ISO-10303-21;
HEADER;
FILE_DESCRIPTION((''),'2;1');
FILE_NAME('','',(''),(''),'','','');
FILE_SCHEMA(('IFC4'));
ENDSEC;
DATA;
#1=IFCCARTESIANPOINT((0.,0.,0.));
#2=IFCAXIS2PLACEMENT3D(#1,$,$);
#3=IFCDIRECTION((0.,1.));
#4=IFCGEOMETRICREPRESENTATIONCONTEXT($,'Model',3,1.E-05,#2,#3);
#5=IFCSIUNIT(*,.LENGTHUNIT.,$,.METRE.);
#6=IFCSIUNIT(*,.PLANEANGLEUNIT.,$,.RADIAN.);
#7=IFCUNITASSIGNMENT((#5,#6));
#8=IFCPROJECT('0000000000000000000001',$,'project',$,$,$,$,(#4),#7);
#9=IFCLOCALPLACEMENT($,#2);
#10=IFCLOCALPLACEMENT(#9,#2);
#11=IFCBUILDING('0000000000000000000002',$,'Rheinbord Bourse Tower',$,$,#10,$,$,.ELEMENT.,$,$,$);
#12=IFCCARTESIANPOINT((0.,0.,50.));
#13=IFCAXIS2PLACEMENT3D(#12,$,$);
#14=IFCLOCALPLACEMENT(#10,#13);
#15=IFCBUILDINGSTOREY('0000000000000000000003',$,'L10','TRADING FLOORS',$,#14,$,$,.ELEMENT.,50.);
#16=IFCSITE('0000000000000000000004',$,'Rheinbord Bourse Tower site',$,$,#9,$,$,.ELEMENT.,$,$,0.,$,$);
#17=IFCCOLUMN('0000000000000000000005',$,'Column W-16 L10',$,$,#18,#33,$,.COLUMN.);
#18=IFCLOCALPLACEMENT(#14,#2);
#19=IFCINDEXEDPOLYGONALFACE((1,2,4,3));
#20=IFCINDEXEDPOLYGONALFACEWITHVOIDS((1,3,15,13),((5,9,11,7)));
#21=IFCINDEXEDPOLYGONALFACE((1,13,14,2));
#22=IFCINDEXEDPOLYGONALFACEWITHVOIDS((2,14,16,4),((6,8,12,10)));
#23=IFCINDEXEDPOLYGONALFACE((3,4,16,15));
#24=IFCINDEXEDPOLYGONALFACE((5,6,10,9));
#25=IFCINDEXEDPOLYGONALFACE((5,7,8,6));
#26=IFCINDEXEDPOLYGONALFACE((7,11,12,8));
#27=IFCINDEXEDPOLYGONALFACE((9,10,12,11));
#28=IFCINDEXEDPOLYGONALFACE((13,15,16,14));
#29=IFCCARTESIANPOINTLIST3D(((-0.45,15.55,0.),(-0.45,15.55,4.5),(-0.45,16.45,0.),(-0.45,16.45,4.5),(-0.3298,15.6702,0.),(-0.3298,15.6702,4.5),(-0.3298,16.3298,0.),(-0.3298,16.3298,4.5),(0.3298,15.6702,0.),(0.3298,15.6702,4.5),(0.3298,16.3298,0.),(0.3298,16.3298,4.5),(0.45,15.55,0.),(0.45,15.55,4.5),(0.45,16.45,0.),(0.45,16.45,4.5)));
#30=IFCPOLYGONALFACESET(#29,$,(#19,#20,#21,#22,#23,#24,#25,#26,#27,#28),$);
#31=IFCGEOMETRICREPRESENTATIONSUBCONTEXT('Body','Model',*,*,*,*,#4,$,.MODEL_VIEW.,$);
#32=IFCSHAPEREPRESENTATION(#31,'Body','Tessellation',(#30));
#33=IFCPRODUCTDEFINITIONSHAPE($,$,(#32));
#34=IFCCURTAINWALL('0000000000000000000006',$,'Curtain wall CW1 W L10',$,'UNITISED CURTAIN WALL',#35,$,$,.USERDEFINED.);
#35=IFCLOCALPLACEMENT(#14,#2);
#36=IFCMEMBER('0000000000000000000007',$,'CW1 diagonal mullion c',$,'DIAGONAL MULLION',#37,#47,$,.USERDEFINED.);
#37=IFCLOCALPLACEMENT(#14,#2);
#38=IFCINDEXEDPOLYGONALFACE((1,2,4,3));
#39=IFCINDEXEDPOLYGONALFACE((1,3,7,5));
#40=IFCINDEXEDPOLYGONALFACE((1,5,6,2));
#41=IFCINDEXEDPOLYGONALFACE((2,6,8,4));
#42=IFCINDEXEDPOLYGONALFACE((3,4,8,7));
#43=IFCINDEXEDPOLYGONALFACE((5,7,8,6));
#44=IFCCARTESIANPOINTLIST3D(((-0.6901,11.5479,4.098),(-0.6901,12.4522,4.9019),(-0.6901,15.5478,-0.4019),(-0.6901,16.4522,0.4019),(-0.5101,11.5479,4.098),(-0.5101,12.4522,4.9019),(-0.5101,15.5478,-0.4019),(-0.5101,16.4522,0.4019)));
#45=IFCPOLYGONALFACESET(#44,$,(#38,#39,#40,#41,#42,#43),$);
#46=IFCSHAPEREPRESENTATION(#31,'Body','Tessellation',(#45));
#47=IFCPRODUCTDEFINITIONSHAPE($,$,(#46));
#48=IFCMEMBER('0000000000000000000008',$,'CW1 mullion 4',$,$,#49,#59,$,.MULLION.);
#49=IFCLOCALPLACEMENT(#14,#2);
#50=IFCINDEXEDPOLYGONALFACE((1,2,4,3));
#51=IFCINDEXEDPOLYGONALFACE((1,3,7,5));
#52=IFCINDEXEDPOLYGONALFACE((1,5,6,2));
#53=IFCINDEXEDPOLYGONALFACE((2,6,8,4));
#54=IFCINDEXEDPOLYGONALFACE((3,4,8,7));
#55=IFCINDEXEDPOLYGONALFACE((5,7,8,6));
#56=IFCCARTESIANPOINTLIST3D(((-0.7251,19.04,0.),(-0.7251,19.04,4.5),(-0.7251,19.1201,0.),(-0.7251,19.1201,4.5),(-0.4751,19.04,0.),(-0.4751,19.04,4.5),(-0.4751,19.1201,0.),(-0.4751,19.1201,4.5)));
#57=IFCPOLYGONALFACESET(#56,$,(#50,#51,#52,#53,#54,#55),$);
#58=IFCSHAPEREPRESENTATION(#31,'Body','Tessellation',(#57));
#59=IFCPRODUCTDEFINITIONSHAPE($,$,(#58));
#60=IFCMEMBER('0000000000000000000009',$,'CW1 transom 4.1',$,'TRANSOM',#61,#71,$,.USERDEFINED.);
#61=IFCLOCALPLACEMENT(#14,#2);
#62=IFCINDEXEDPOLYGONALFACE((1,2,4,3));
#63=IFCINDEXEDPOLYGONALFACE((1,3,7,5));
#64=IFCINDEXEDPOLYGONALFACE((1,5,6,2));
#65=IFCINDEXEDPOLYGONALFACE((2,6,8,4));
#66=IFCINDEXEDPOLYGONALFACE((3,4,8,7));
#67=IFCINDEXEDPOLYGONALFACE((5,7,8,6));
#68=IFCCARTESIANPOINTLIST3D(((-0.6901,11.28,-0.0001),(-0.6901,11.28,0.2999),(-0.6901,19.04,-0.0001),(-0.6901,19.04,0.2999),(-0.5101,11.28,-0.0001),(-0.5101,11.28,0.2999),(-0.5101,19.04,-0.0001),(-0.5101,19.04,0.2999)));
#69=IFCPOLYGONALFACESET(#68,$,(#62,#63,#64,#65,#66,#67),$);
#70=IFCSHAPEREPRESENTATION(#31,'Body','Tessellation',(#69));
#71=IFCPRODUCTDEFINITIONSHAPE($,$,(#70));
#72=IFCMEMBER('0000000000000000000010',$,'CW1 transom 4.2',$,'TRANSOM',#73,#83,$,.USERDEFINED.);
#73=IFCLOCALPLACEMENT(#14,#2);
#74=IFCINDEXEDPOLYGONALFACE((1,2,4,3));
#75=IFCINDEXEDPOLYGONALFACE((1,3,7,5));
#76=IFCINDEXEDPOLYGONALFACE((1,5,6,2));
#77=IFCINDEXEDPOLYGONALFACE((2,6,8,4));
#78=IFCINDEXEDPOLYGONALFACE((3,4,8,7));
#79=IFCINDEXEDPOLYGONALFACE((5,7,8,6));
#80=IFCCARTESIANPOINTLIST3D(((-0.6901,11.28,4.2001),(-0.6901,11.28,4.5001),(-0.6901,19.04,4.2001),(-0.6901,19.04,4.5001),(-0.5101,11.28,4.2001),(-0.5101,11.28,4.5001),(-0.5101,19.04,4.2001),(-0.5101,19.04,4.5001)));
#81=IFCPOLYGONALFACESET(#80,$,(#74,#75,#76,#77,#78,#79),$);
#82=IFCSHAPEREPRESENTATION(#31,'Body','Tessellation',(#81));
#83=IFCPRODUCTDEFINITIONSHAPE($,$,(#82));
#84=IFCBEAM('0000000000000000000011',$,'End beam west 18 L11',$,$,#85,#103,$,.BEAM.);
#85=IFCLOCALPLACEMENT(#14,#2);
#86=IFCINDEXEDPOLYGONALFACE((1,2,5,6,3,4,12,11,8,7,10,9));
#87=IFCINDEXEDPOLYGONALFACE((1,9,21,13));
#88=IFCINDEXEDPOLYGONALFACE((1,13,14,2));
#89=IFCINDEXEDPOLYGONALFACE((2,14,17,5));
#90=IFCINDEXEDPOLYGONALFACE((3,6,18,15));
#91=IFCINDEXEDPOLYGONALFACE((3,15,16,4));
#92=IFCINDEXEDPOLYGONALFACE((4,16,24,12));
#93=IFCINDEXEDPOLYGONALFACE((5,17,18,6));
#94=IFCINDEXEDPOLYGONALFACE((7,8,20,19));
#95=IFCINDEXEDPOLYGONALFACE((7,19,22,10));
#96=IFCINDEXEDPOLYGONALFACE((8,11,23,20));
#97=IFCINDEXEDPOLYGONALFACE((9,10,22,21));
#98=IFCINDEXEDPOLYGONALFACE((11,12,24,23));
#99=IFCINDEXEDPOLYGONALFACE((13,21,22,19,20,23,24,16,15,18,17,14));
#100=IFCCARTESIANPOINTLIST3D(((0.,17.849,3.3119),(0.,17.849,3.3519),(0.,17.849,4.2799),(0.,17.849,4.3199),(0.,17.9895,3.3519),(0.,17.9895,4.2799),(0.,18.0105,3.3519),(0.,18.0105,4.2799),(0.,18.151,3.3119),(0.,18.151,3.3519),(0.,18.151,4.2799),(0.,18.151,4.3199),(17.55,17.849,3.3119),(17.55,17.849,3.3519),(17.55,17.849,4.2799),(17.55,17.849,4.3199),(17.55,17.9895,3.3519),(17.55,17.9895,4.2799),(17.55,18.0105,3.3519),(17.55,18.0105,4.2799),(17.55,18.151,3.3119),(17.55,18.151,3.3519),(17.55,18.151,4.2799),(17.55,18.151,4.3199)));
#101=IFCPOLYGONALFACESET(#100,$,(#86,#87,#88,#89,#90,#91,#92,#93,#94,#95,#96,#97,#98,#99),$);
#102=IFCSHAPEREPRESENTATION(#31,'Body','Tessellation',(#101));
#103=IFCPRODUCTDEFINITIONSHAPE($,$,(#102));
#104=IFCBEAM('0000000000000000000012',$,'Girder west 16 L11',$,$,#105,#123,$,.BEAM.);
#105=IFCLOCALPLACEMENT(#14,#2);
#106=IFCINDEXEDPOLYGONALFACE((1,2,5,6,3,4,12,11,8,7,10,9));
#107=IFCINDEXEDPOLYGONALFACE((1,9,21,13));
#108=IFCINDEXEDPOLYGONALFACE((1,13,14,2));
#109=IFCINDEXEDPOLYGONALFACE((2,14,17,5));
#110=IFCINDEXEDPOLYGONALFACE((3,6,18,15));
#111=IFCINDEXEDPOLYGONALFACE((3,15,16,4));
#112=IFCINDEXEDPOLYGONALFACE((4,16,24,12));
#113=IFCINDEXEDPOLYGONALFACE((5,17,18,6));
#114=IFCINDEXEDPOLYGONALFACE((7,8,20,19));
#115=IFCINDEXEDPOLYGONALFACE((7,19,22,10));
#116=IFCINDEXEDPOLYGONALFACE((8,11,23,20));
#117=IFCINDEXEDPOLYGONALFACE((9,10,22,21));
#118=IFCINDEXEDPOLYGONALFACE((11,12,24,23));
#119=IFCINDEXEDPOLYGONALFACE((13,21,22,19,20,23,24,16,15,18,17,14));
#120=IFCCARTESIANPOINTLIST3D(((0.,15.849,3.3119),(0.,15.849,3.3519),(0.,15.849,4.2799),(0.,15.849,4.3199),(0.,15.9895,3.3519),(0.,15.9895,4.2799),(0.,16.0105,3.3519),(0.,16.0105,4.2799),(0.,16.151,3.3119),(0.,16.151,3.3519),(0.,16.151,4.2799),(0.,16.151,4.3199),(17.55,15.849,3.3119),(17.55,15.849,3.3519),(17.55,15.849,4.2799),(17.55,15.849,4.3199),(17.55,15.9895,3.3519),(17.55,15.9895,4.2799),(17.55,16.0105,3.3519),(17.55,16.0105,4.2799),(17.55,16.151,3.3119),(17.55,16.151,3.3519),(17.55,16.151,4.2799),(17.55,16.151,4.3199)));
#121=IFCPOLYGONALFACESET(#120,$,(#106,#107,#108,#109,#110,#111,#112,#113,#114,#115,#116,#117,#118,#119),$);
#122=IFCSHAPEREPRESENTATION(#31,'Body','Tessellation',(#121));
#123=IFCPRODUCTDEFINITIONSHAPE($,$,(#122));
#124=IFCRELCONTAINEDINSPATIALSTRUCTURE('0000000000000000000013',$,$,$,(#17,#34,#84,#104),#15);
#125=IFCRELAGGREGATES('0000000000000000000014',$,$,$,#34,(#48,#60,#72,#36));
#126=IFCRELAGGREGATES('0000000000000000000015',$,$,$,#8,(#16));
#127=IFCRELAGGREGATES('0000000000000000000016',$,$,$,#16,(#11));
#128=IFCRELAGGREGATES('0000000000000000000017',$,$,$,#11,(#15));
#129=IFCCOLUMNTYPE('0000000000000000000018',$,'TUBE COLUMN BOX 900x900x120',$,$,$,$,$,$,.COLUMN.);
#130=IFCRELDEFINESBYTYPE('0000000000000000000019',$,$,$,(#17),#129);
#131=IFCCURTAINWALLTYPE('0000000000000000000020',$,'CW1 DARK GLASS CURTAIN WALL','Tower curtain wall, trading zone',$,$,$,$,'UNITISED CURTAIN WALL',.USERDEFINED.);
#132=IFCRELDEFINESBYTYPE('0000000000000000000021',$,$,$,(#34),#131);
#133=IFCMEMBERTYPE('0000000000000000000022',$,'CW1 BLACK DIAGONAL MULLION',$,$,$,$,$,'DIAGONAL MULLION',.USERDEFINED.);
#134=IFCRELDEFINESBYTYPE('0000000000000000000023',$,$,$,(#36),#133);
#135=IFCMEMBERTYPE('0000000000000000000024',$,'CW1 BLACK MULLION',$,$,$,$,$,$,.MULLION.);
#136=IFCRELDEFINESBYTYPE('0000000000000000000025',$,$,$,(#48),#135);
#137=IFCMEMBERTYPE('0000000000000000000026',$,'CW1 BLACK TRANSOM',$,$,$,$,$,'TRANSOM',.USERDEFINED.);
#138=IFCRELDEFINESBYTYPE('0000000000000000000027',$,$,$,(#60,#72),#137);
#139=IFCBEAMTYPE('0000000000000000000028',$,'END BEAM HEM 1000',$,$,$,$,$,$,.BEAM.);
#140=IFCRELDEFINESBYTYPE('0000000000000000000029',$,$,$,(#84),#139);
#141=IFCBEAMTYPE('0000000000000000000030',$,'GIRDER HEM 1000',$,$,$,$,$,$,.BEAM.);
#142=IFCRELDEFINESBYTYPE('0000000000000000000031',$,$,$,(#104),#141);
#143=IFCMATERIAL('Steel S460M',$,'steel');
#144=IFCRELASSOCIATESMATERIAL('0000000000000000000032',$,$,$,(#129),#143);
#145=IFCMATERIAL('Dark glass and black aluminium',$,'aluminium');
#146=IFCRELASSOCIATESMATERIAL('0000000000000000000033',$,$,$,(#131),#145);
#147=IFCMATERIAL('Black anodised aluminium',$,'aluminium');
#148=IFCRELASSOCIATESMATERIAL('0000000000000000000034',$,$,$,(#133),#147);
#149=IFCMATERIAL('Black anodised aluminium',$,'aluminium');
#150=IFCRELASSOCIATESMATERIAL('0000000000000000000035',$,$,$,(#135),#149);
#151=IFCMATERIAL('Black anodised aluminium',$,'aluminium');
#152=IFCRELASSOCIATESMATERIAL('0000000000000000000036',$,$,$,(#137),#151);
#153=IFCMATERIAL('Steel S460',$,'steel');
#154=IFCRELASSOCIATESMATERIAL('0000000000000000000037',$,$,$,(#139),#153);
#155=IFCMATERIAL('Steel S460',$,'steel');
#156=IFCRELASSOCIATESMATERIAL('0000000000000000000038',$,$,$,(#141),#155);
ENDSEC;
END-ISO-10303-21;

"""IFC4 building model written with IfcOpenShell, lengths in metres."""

from ifc_helpers import new_model, si_unit, direction, frame, origin, origin_2d, place, context, subcontext, project, spatial, rectangle, hollow_rectangle, i_section, extrude, material, material_profile, profile_set, type_object, element, aggregate, save


model = new_model("IFC4")

# Units and contexts
model_context = context("Model", 3, precision=1e-05, world=origin(), true_north=direction((0.0, 1.0)))
body_context = subcontext(model_context, "Body", "Model", "MODEL_VIEW")
ifc_project = project(units=[si_unit("LENGTHUNIT", "METRE"), si_unit("PLANEANGLEUNIT", "RADIAN")], contexts=[model_context])

# Site, building, storey
site_placement = place(None, origin())
site = spatial("IfcSite", under=ifc_project, at=site_placement, Name="Rheinbord Bourse Tower site", CompositionType="ELEMENT", RefElevation=0.0)
building_placement = place(site_placement, origin())
building = spatial("IfcBuilding", under=site, at=building_placement, Name="Rheinbord Bourse Tower", CompositionType="ELEMENT")
storey_placement = place(building_placement, frame((0.0, 0.0, 50.0)))
storey = spatial("IfcBuildingStorey", under=building, at=storey_placement, Name="L10", Description="TRADING FLOORS", CompositionType="ELEMENT", Elevation=50.0)

# Column
ifc_material_1 = material(Name="Steel S460M", Category="steel")
ifc_material_profile_1 = material_profile(ifc_material_1, hollow_rectangle(XDim=0.8999, YDim=0.8999, WallThickness=0.1201, at=origin_2d()), Name="BOX 900x900x120")
ifc_profile_set_1 = profile_set([ifc_material_profile_1], Name="Steel S460M")
column_type = type_object("IfcColumnType", Name="TUBE COLUMN BOX 900x900x120", PredefinedType="COLUMN", material=ifc_profile_set_1)
column_placement = place(storey_placement, frame((0.0, 16.0, 0.0), z_axis=(0.0, 0.0, 1.0), x_axis=(1.0, 0.0, 0.0)))
element("IfcColumn", 1, at=column_placement, inside=storey, type_object=column_type, Name="Column W-16 L10", PredefinedType="COLUMN", context=body_context, shape_type="SweptSolid", body=[
    extrude(hollow_rectangle(XDim=0.8999, YDim=0.8999, WallThickness=0.1201, at=origin_2d()), origin(), (0.0, 0.0, 1.0), 4.5),
])

# Curtain wall, members
ifc_material_2 = material(Name="Dark glass and black aluminium", Category="aluminium")
curtain_wall_type = type_object("IfcCurtainWallType", Name="CW1 DARK GLASS CURTAIN WALL", Description="Tower curtain wall, trading zone", ElementType="UNITISED CURTAIN WALL", PredefinedType="USERDEFINED", material=ifc_material_2)
curtain_wall_placement = place(storey_placement, origin())
curtain_wall = element("IfcCurtainWall", 2, at=curtain_wall_placement, inside=storey, type_object=curtain_wall_type, Name="Curtain wall CW1 W L10", ObjectType="UNITISED CURTAIN WALL", PredefinedType="USERDEFINED")
ifc_material_3 = material(Name="Black anodised aluminium", Category="aluminium")
ifc_material_profile_2 = material_profile(ifc_material_3, rectangle(XDim=0.1799, YDim=1.21, at=origin_2d()), Name="CW1 DIAGONAL MULLION 1210x180")
ifc_profile_set_2 = profile_set([ifc_material_profile_2], Name="Black anodised aluminium")
member_type_1 = type_object("IfcMemberType", Name="CW1 BLACK DIAGONAL MULLION", ElementType="DIAGONAL MULLION", PredefinedType="USERDEFINED", material=ifc_profile_set_2)
member_1_placement = place(storey_placement, frame((-0.6001, 16.0, 0.0), z_axis=(0.0, -0.664364, 0.747409), x_axis=(1.0, 0.0, 0.0)))
member_1 = element("IfcMember", 3, at=member_1_placement, type_object=member_type_1, Name="CW1 diagonal mullion c", ObjectType="DIAGONAL MULLION", PredefinedType="USERDEFINED", context=body_context, shape_type="SweptSolid", body=[
    extrude(rectangle(XDim=0.1799, YDim=1.21, at=origin_2d()), origin(), (0.0, 0.0, 1.0), 6.0208),
])
ifc_material_4 = material(Name="Black anodised aluminium", Category="aluminium")
ifc_material_profile_3 = material_profile(ifc_material_4, rectangle(XDim=0.25, YDim=0.0801, at=origin_2d()), Name="CW1 MULLION 80x250")
ifc_profile_set_3 = profile_set([ifc_material_profile_3], Name="Black anodised aluminium")
member_type_2 = type_object("IfcMemberType", Name="CW1 BLACK MULLION", PredefinedType="MULLION", material=ifc_profile_set_3)
member_2_placement = place(storey_placement, frame((-0.6001, 19.0801, 0.0), z_axis=(0.0, 0.0, 1.0), x_axis=(1.0, 0.0, 0.0)))
member_2 = element("IfcMember", 4, at=member_2_placement, type_object=member_type_2, Name="CW1 mullion 4", PredefinedType="MULLION", context=body_context, shape_type="SweptSolid", body=[
    extrude(rectangle(XDim=0.25, YDim=0.0801, at=origin_2d()), origin(), (0.0, 0.0, 1.0), 4.5),
])
ifc_material_5 = material(Name="Black anodised aluminium", Category="aluminium")
ifc_material_profile_4 = material_profile(ifc_material_5, rectangle(XDim=0.1799, YDim=0.3, at=origin_2d()), Name="CW1 TRANSOM 300x180")
ifc_profile_set_4 = profile_set([ifc_material_profile_4], Name="Black anodised aluminium")
member_type_3 = type_object("IfcMemberType", Name="CW1 BLACK TRANSOM", ElementType="TRANSOM", PredefinedType="USERDEFINED", material=ifc_profile_set_4)
member_3_placement = place(storey_placement, frame((-0.6001, 19.04, 0.1499), z_axis=(0.0, -1.0, 0.0), x_axis=(1.0, 0.0, 0.0)))
member_3 = element("IfcMember", 5, at=member_3_placement, type_object=member_type_3, Name="CW1 transom 4.1", ObjectType="TRANSOM", PredefinedType="USERDEFINED", context=body_context, shape_type="SweptSolid", body=[
    extrude(rectangle(XDim=0.1799, YDim=0.3, at=origin_2d()), origin(), (0.0, 0.0, 1.0), 7.76),
])
member_4_placement = place(storey_placement, frame((-0.6001, 19.04, 4.3501), z_axis=(0.0, -1.0, 0.0), x_axis=(1.0, 0.0, 0.0)))
member_4 = element("IfcMember", 6, at=member_4_placement, type_object=member_type_3, Name="CW1 transom 4.2", ObjectType="TRANSOM", PredefinedType="USERDEFINED", context=body_context, shape_type="SweptSolid", body=[
    extrude(rectangle(XDim=0.1799, YDim=0.3, at=origin_2d()), origin(), (0.0, 0.0, 1.0), 7.76),
])

# Beams
ifc_material_6 = material(Name="Steel S460", Category="steel")
ifc_material_profile_5 = material_profile(ifc_material_6, i_section(OverallWidth=0.302, OverallDepth=1.0081, WebThickness=0.021, FlangeThickness=0.04, at=origin_2d()), Name="HEM 1000")
ifc_profile_set_5 = profile_set([ifc_material_profile_5], Name="Steel S460")
beam_type_1 = type_object("IfcBeamType", Name="END BEAM HEM 1000", PredefinedType="BEAM", material=ifc_profile_set_5)
beam_1_placement = place(storey_placement, frame((0.0, 18.0, 3.8159), z_axis=(1.0, 0.0, 0.0), x_axis=(0.0, 1.0, 0.0)))
element("IfcBeam", 7, at=beam_1_placement, inside=storey, type_object=beam_type_1, Name="End beam west 18 L11", PredefinedType="BEAM", context=body_context, shape_type="SweptSolid", body=[
    extrude(i_section(OverallWidth=0.302, OverallDepth=1.0081, WebThickness=0.021, FlangeThickness=0.04, at=origin_2d()), origin(), (0.0, 0.0, 1.0), 17.55),
])
ifc_material_7 = material(Name="Steel S460", Category="steel")
ifc_material_profile_6 = material_profile(ifc_material_7, i_section(OverallWidth=0.302, OverallDepth=1.0081, WebThickness=0.021, FlangeThickness=0.04, at=origin_2d()), Name="HEM 1000")
ifc_profile_set_6 = profile_set([ifc_material_profile_6], Name="Steel S460")
beam_type_2 = type_object("IfcBeamType", Name="GIRDER HEM 1000", PredefinedType="BEAM", material=ifc_profile_set_6)
beam_2_placement = place(storey_placement, frame((0.0, 16.0, 3.8159), z_axis=(1.0, 0.0, 0.0), x_axis=(0.0, 1.0, 0.0)))
element("IfcBeam", 8, at=beam_2_placement, inside=storey, type_object=beam_type_2, Name="Girder west 16 L11", PredefinedType="BEAM", context=body_context, shape_type="SweptSolid", body=[
    extrude(i_section(OverallWidth=0.302, OverallDepth=1.0081, WebThickness=0.021, FlangeThickness=0.04, at=origin_2d()), origin(), (0.0, 0.0, 1.0), 17.55),
])

aggregate(curtain_wall, [member_2, member_3, member_4, member_1])

save(model, "model.ifc")
